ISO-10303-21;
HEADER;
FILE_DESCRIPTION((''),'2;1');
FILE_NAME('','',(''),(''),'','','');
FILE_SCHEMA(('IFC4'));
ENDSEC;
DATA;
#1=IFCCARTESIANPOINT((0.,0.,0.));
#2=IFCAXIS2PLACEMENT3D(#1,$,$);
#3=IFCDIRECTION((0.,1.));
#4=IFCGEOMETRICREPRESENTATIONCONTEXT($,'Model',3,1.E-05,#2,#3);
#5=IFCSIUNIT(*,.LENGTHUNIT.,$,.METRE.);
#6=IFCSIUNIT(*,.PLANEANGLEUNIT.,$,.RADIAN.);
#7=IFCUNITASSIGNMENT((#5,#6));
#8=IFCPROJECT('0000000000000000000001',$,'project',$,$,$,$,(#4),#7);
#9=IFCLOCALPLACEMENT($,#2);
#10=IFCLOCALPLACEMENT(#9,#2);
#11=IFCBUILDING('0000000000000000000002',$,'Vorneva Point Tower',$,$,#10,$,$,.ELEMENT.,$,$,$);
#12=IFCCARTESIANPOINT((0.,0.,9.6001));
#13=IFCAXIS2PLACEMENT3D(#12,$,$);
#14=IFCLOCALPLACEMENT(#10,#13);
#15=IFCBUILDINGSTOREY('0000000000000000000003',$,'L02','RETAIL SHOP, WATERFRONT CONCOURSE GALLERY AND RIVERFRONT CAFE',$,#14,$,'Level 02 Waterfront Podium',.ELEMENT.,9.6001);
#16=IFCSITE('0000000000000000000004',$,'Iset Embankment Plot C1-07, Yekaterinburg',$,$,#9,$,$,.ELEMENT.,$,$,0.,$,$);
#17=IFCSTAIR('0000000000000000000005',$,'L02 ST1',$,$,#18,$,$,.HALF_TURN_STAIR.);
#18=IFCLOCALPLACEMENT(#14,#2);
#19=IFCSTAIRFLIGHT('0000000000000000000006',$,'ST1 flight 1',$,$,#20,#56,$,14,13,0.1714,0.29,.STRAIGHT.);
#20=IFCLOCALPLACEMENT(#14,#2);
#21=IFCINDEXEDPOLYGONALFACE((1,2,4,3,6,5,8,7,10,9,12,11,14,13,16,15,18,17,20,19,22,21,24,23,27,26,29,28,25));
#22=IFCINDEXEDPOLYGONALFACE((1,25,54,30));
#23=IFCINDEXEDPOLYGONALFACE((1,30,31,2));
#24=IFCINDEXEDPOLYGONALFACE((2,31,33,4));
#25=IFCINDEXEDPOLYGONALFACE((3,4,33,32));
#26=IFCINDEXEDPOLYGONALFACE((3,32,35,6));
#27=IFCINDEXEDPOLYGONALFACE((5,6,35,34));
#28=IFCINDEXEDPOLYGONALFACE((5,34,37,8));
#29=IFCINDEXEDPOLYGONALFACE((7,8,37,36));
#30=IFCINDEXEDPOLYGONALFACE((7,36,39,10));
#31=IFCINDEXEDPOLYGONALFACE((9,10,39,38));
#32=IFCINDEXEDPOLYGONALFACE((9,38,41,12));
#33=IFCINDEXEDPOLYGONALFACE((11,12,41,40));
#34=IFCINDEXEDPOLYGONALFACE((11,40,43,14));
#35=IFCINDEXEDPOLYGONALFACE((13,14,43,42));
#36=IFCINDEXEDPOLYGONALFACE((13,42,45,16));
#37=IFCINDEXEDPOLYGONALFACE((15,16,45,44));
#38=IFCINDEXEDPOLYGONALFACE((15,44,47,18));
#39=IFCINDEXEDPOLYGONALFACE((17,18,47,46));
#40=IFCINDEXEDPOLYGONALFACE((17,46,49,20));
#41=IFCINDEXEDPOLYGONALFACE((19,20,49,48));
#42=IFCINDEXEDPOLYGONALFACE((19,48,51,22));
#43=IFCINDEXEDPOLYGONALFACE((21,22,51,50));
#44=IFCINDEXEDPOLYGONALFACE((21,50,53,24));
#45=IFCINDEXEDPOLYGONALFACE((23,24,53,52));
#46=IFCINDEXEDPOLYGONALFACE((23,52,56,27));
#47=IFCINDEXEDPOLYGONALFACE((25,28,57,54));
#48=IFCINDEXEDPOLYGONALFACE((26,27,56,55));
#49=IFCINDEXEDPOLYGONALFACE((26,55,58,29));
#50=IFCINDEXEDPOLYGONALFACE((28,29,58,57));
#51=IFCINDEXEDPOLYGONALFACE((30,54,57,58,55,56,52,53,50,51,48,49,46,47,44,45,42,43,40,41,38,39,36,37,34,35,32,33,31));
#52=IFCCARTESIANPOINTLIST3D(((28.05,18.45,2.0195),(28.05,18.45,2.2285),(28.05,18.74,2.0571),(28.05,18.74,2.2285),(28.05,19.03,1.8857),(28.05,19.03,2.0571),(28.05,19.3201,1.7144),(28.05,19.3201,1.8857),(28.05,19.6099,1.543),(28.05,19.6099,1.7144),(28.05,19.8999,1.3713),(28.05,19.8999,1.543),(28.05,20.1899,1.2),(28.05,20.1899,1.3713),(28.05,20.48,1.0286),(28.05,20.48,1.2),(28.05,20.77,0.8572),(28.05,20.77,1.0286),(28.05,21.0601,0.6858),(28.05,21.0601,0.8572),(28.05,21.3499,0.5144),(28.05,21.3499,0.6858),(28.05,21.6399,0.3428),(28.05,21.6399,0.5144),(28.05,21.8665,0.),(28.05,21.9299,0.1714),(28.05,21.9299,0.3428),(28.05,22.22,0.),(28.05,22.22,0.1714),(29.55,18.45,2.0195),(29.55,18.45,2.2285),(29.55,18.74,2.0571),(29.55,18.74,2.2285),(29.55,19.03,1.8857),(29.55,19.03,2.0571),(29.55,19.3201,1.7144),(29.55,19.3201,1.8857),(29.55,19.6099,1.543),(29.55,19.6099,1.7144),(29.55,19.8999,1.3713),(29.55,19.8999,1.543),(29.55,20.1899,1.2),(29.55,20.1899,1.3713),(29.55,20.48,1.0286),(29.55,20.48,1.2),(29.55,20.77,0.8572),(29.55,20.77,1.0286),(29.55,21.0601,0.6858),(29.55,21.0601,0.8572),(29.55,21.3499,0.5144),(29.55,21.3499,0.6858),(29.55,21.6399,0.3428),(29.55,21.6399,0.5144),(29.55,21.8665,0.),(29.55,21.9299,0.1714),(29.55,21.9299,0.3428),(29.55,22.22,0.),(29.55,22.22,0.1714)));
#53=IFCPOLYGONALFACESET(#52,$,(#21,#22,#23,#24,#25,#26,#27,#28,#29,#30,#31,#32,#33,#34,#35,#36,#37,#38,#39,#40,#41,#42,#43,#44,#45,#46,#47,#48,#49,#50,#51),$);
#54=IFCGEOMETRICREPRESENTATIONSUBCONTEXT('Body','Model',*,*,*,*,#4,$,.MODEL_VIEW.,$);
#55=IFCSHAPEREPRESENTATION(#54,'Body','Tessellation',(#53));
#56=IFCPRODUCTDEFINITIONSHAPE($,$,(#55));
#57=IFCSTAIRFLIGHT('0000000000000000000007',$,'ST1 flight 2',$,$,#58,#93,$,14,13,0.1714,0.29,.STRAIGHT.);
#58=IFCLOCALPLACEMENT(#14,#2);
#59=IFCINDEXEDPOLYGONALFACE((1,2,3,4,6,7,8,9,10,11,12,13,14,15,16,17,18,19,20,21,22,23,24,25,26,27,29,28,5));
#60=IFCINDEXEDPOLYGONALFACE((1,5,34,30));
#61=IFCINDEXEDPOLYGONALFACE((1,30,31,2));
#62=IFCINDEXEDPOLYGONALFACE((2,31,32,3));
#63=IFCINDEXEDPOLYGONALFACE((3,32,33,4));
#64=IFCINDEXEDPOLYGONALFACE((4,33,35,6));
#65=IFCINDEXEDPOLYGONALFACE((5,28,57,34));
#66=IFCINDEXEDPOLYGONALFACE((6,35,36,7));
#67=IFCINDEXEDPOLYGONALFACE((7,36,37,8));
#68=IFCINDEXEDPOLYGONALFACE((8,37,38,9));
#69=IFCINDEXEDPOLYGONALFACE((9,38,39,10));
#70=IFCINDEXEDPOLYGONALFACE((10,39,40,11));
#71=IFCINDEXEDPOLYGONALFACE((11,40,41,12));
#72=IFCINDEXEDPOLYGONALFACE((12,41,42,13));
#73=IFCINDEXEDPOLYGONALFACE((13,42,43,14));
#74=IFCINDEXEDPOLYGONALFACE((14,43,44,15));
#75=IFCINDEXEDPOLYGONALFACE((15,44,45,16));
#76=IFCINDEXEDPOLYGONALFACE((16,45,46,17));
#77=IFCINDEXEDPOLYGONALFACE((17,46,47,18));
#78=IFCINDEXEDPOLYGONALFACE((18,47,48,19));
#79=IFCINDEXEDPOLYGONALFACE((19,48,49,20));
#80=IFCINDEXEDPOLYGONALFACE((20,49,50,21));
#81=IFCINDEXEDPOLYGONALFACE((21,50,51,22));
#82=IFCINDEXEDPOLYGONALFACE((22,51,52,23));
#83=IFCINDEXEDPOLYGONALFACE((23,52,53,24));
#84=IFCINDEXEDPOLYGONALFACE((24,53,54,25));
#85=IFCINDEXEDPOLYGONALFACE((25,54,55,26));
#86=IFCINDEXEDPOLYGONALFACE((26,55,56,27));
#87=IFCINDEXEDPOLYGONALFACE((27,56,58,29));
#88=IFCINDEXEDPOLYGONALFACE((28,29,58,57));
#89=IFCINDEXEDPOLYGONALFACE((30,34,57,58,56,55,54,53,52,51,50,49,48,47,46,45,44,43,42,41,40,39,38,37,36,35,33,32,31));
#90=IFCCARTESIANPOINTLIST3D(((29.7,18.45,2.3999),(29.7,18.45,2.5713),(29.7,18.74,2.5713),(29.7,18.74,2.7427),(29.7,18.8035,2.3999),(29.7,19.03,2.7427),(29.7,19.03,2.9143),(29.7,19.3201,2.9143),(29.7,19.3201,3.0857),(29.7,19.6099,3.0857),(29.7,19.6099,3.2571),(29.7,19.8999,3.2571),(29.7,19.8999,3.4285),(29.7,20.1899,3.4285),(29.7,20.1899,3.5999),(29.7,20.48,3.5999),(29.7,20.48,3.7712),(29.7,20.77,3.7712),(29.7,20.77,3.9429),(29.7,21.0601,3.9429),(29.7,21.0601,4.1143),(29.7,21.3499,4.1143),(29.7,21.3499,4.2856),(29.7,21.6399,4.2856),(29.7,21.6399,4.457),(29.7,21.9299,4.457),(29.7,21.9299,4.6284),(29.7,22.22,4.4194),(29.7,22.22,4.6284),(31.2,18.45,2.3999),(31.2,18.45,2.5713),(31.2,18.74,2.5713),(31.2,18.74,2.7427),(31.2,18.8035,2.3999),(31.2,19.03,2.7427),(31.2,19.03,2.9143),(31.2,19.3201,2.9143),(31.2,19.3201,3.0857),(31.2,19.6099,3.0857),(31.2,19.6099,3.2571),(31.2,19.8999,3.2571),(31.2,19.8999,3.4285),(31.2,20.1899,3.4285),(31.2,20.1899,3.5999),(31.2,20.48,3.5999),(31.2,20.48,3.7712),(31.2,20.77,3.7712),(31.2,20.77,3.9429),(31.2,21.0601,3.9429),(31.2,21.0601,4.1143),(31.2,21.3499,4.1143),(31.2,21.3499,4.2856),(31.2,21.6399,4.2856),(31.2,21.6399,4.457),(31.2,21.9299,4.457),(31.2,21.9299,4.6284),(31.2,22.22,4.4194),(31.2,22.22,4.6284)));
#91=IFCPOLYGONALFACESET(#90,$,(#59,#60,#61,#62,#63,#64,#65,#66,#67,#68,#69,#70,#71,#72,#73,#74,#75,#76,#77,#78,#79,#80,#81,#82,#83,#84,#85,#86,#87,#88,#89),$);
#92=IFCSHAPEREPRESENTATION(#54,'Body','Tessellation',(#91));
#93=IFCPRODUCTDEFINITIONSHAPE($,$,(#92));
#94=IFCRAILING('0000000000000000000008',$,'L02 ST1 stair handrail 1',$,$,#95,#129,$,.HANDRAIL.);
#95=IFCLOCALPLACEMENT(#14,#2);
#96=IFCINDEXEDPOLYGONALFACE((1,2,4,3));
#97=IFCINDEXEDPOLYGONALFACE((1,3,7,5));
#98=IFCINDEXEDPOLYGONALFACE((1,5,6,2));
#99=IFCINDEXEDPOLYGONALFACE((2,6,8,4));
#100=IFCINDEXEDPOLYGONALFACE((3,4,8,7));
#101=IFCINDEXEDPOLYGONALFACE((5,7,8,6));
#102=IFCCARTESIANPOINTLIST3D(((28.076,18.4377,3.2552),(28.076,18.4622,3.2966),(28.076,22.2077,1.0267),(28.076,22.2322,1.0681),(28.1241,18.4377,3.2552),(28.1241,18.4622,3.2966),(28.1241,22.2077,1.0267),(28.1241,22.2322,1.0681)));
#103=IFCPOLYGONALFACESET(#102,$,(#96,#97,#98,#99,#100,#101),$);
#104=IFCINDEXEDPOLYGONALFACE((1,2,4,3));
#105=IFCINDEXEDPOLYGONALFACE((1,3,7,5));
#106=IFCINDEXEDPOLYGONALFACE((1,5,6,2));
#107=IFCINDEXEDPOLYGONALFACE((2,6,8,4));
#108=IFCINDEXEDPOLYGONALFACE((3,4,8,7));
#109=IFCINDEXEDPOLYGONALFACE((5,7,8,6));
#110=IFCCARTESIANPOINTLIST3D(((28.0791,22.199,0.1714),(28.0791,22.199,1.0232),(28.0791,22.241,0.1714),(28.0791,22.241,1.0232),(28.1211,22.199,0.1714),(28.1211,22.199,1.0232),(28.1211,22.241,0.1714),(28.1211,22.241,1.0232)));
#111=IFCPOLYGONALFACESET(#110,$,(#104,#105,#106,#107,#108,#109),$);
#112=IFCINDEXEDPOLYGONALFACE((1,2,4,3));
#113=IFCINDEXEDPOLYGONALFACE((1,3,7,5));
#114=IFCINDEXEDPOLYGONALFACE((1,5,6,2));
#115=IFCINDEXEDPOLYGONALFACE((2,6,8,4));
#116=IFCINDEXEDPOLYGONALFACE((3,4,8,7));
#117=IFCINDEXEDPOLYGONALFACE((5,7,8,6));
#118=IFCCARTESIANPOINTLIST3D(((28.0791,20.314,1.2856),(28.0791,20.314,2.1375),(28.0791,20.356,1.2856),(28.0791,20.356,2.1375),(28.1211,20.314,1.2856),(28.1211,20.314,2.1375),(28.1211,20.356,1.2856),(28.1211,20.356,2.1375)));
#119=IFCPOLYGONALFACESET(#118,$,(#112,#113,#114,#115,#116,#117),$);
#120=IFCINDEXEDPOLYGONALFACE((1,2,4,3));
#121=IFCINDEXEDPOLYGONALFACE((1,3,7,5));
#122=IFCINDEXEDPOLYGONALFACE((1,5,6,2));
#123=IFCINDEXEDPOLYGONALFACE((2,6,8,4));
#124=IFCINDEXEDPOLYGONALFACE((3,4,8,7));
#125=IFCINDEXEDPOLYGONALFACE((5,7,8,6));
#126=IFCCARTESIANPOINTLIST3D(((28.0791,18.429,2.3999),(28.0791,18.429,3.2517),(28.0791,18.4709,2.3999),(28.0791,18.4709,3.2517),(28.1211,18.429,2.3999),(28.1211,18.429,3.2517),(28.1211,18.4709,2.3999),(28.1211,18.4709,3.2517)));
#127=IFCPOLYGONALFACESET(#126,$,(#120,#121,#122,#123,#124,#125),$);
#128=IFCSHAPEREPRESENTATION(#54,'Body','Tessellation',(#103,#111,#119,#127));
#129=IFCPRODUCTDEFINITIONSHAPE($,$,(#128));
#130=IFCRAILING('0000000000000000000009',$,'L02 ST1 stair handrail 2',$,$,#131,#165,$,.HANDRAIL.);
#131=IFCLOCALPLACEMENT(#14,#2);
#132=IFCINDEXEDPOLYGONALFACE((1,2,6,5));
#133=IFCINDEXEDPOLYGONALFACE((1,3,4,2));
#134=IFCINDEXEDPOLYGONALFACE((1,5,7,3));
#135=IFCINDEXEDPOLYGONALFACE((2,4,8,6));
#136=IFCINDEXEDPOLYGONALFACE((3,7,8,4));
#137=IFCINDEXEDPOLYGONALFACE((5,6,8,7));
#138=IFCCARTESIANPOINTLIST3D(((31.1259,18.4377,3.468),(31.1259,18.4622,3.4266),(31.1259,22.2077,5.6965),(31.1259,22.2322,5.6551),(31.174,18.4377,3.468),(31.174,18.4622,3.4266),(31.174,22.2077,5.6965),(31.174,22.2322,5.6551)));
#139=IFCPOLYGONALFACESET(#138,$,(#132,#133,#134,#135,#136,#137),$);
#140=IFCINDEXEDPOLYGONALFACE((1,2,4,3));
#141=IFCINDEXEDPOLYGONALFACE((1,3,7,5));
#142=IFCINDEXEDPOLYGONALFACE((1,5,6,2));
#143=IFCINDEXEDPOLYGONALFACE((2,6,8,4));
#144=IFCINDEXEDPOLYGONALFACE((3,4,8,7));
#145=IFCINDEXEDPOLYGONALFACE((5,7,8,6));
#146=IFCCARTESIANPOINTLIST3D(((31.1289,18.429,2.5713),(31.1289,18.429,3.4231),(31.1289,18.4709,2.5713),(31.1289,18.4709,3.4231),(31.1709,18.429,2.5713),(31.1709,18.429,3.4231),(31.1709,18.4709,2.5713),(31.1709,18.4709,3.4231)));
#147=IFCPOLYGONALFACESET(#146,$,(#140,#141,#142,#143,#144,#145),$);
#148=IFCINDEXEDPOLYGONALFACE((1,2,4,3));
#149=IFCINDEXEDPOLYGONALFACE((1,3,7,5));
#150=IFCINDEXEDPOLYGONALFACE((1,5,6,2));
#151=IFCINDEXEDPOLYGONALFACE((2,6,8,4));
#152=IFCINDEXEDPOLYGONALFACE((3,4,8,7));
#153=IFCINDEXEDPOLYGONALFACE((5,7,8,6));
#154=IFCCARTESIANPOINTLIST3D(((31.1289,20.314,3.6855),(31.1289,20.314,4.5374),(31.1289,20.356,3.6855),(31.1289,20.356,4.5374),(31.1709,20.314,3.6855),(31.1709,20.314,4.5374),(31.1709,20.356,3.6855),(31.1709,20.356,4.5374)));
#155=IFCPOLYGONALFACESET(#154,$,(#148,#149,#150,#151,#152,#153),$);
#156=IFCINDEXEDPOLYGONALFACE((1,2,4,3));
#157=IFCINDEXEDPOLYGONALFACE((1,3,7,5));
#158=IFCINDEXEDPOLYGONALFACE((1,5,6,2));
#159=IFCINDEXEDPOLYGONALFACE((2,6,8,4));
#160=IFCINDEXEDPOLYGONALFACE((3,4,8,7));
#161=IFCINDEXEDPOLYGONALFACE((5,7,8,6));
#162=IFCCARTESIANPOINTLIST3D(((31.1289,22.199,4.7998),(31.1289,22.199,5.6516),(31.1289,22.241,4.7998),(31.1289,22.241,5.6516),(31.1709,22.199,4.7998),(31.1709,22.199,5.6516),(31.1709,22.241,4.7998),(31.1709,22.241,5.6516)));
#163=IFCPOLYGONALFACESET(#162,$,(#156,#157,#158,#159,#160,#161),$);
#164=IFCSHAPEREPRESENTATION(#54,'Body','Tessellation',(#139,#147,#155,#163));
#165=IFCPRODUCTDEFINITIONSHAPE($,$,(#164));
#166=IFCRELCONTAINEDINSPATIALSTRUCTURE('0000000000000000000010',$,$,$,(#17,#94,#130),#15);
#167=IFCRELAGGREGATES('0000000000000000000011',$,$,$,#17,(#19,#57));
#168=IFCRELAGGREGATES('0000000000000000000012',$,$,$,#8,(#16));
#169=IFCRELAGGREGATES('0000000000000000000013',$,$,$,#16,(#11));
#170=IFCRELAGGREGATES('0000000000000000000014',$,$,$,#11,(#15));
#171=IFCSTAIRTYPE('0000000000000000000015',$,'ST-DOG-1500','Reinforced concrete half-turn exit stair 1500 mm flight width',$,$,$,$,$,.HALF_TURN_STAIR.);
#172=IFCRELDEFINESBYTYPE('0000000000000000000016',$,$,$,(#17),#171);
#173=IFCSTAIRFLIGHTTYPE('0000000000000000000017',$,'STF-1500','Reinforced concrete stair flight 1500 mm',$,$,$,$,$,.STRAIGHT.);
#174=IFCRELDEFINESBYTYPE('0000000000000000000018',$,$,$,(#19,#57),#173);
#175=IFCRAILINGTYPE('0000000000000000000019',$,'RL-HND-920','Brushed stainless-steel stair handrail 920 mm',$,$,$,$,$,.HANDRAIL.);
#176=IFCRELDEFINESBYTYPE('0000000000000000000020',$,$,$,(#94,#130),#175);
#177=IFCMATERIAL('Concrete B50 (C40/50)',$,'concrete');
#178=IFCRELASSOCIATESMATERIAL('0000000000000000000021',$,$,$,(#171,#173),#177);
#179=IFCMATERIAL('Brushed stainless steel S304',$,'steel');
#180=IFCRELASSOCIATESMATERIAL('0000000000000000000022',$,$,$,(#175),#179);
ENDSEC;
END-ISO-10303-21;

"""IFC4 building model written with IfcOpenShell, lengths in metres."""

from ifc_helpers import new_model, si_unit, direction, frame, origin, origin_2d, place, context, subcontext, project, spatial, polyline, rectangle, outline, extrude, material, type_object, element, aggregate, save


model = new_model("IFC4")

# Units and contexts
model_context = context("Model", 3, precision=1e-05, world=origin(), true_north=direction((0.0, 1.0)))
body_context = subcontext(model_context, "Body", "Model", "MODEL_VIEW")
ifc_project = project(units=[si_unit("LENGTHUNIT", "METRE"), si_unit("PLANEANGLEUNIT", "RADIAN")], contexts=[model_context])

# Site, building, storey
site_placement = place(None, origin())
site = spatial("IfcSite", under=ifc_project, at=site_placement, Name="Iset Embankment Plot C1-07, Yekaterinburg", CompositionType="ELEMENT", RefElevation=0.0)
building_placement = place(site_placement, origin())
building = spatial("IfcBuilding", under=site, at=building_placement, Name="Vorneva Point Tower", CompositionType="ELEMENT")
storey_placement = place(building_placement, frame((0.0, 0.0, 9.6001)))
storey = spatial("IfcBuildingStorey", under=building, at=storey_placement, Name="L02", Description="RETAIL SHOP, WATERFRONT CONCOURSE GALLERY AND RIVERFRONT CAFE", LongName="Level 02 Waterfront Podium", CompositionType="ELEMENT", Elevation=9.6001)

# Shared definitions
ifc_material_1 = material(Name="Concrete B50 (C40/50)", Category="concrete")

# Stair, stair flights
stair_type = type_object("IfcStairType", Name="ST-DOG-1500", Description="Reinforced concrete half-turn exit stair 1500 mm flight width", PredefinedType="HALF_TURN_STAIR", material=ifc_material_1)
stair_placement = place(storey_placement, origin())
stair = element("IfcStair", 1, at=stair_placement, inside=storey, type_object=stair_type, Name="L02 ST1", PredefinedType="HALF_TURN_STAIR")
stair_flight_type = type_object("IfcStairFlightType", Name="STF-1500", Description="Reinforced concrete stair flight 1500 mm", PredefinedType="STRAIGHT", material=ifc_material_1)
stair_flight_1_placement = place(storey_placement, frame((28.8, 22.22, 0.0), z_axis=(0.0, 0.0, 1.0), x_axis=(0.0, -1.0, 0.0)))
stair_flight_1 = element("IfcStairFlight", 2, at=stair_flight_1_placement, type_object=stair_flight_type, Name="ST1 flight 1", NumberOfRisers=14, NumberOfTreads=13, PredefinedType="STRAIGHT", RiserHeight=0.1714, TreadLength=0.29, context=body_context, shape_type="SweptSolid", body=[
    extrude(outline(polyline([(0.0, 0.0), (0.0, 0.1714), (0.29, 0.1714), (0.29, 0.3428), (0.5801, 0.3428), (0.5801, 0.5144), (0.8701, 0.5144), (0.8701, 0.6858), (1.1599, 0.6858), (1.1599, 0.8572), (1.45, 0.8572), (1.45, 1.0286), (1.74, 1.0286), (1.74, 1.2), (2.03, 1.2), (2.03, 1.3713), (2.3201, 1.3713), (2.3201, 1.543), (2.6101, 1.543), (2.6101, 1.7144), (2.8999, 1.7144), (2.8999, 1.8857), (3.1899, 1.8857), (3.1899, 2.0571), (3.48, 2.0571), (3.48, 2.2285), (3.77, 2.2285), (3.77, 2.3999), (3.77, 2.0195), (0.3535, 0.0), (0.0, 0.0)])), frame((0.0, 0.75, 0.0), z_axis=(0.0, -1.0, 0.0), x_axis=(1.0, 0.0, 0.0)), (0.0, 0.0, 1.0), 1.5),
])
stair_flight_2_placement = place(storey_placement, frame((30.45, 18.45, 2.3999), z_axis=(0.0, 0.0, 1.0), x_axis=(0.0, 1.0, 0.0)))
stair_flight_2 = element("IfcStairFlight", 3, at=stair_flight_2_placement, type_object=stair_flight_type, Name="ST1 flight 2", NumberOfRisers=14, NumberOfTreads=13, PredefinedType="STRAIGHT", RiserHeight=0.1714, TreadLength=0.29, context=body_context, shape_type="SweptSolid", body=[
    extrude(outline(polyline([(0.0, 0.0), (0.0, 0.1714), (0.29, 0.1714), (0.29, 0.3428), (0.5801, 0.3428), (0.5801, 0.5144), (0.8701, 0.5144), (0.8701, 0.6858), (1.1599, 0.6858), (1.1599, 0.8572), (1.45, 0.8572), (1.45, 1.0286), (1.74, 1.0286), (1.74, 1.2), (2.03, 1.2), (2.03, 1.3713), (2.3201, 1.3713), (2.3201, 1.543), (2.6101, 1.543), (2.6101, 1.7144), (2.8999, 1.7144), (2.8999, 1.8857), (3.1899, 1.8857), (3.1899, 2.0571), (3.48, 2.0571), (3.48, 2.2285), (3.77, 2.2285), (3.77, 2.3999), (3.77, 2.0195), (0.3535, 0.0), (0.0, 0.0)])), frame((0.0, 0.75, 0.0), z_axis=(0.0, -1.0, 0.0), x_axis=(1.0, 0.0, 0.0)), (0.0, 0.0, 1.0), 1.5),
])
aggregate(stair, [stair_flight_1, stair_flight_2])

# Railings
ifc_material_2 = material(Name="Brushed stainless steel S304", Category="steel")
railing_type_1 = type_object("IfcRailingType", Name="RL-HND-920", Description="Brushed stainless-steel stair handrail 920 mm", PredefinedType="HANDRAIL", material=ifc_material_2)
railing_1_placement = place(storey_placement, frame((28.1001, 22.22, 0.1714)))
element("IfcRailing", 4, at=railing_1_placement, inside=storey, type_object=railing_type_1, Name="L02 ST1 stair handrail 1", PredefinedType="HANDRAIL", context=body_context, shape_type="SweptSolid", body=[
    extrude(rectangle(XDim=0.0481, YDim=0.0481, at=origin_2d()), frame((0.0, 0.0, 0.876), z_axis=(0.0, -0.860849, 0.508861), x_axis=(1.0, 0.0, 0.0)), (0.0, 0.0, 1.0), 4.3794),
    extrude(rectangle(XDim=0.042, YDim=0.042, at=origin_2d()), origin(), (0.0, 0.0, 1.0), 0.8518),
    extrude(rectangle(XDim=0.042, YDim=0.042, at=origin_2d()), frame((0.0, -1.885, 1.1143)), (0.0, 0.0, 1.0), 0.8518),
    extrude(rectangle(XDim=0.042, YDim=0.042, at=origin_2d()), frame((0.0, -3.77, 2.2285)), (0.0, 0.0, 1.0), 0.8518),
])
railing_2_placement = place(storey_placement, frame((31.1499, 18.45, 2.5713)))
element("IfcRailing", 5, at=railing_2_placement, inside=storey, type_object=railing_type_1, Name="L02 ST1 stair handrail 2", PredefinedType="HANDRAIL", context=body_context, shape_type="SweptSolid", body=[
    extrude(rectangle(XDim=0.0481, YDim=0.0481, at=origin_2d()), frame((0.0, 0.0, 0.876), z_axis=(0.0, 0.860849, 0.508861), x_axis=(-1.0, 0.0, 0.0)), (0.0, 0.0, 1.0), 4.3794),
    extrude(rectangle(XDim=0.042, YDim=0.042, at=origin_2d()), origin(), (0.0, 0.0, 1.0), 0.8518),
    extrude(rectangle(XDim=0.042, YDim=0.042, at=origin_2d()), frame((0.0, 1.885, 1.1143)), (0.0, 0.0, 1.0), 0.8518),
    extrude(rectangle(XDim=0.042, YDim=0.042, at=origin_2d()), frame((0.0, 3.77, 2.2285)), (0.0, 0.0, 1.0), 0.8518),
])

save(model, "model.ifc")
